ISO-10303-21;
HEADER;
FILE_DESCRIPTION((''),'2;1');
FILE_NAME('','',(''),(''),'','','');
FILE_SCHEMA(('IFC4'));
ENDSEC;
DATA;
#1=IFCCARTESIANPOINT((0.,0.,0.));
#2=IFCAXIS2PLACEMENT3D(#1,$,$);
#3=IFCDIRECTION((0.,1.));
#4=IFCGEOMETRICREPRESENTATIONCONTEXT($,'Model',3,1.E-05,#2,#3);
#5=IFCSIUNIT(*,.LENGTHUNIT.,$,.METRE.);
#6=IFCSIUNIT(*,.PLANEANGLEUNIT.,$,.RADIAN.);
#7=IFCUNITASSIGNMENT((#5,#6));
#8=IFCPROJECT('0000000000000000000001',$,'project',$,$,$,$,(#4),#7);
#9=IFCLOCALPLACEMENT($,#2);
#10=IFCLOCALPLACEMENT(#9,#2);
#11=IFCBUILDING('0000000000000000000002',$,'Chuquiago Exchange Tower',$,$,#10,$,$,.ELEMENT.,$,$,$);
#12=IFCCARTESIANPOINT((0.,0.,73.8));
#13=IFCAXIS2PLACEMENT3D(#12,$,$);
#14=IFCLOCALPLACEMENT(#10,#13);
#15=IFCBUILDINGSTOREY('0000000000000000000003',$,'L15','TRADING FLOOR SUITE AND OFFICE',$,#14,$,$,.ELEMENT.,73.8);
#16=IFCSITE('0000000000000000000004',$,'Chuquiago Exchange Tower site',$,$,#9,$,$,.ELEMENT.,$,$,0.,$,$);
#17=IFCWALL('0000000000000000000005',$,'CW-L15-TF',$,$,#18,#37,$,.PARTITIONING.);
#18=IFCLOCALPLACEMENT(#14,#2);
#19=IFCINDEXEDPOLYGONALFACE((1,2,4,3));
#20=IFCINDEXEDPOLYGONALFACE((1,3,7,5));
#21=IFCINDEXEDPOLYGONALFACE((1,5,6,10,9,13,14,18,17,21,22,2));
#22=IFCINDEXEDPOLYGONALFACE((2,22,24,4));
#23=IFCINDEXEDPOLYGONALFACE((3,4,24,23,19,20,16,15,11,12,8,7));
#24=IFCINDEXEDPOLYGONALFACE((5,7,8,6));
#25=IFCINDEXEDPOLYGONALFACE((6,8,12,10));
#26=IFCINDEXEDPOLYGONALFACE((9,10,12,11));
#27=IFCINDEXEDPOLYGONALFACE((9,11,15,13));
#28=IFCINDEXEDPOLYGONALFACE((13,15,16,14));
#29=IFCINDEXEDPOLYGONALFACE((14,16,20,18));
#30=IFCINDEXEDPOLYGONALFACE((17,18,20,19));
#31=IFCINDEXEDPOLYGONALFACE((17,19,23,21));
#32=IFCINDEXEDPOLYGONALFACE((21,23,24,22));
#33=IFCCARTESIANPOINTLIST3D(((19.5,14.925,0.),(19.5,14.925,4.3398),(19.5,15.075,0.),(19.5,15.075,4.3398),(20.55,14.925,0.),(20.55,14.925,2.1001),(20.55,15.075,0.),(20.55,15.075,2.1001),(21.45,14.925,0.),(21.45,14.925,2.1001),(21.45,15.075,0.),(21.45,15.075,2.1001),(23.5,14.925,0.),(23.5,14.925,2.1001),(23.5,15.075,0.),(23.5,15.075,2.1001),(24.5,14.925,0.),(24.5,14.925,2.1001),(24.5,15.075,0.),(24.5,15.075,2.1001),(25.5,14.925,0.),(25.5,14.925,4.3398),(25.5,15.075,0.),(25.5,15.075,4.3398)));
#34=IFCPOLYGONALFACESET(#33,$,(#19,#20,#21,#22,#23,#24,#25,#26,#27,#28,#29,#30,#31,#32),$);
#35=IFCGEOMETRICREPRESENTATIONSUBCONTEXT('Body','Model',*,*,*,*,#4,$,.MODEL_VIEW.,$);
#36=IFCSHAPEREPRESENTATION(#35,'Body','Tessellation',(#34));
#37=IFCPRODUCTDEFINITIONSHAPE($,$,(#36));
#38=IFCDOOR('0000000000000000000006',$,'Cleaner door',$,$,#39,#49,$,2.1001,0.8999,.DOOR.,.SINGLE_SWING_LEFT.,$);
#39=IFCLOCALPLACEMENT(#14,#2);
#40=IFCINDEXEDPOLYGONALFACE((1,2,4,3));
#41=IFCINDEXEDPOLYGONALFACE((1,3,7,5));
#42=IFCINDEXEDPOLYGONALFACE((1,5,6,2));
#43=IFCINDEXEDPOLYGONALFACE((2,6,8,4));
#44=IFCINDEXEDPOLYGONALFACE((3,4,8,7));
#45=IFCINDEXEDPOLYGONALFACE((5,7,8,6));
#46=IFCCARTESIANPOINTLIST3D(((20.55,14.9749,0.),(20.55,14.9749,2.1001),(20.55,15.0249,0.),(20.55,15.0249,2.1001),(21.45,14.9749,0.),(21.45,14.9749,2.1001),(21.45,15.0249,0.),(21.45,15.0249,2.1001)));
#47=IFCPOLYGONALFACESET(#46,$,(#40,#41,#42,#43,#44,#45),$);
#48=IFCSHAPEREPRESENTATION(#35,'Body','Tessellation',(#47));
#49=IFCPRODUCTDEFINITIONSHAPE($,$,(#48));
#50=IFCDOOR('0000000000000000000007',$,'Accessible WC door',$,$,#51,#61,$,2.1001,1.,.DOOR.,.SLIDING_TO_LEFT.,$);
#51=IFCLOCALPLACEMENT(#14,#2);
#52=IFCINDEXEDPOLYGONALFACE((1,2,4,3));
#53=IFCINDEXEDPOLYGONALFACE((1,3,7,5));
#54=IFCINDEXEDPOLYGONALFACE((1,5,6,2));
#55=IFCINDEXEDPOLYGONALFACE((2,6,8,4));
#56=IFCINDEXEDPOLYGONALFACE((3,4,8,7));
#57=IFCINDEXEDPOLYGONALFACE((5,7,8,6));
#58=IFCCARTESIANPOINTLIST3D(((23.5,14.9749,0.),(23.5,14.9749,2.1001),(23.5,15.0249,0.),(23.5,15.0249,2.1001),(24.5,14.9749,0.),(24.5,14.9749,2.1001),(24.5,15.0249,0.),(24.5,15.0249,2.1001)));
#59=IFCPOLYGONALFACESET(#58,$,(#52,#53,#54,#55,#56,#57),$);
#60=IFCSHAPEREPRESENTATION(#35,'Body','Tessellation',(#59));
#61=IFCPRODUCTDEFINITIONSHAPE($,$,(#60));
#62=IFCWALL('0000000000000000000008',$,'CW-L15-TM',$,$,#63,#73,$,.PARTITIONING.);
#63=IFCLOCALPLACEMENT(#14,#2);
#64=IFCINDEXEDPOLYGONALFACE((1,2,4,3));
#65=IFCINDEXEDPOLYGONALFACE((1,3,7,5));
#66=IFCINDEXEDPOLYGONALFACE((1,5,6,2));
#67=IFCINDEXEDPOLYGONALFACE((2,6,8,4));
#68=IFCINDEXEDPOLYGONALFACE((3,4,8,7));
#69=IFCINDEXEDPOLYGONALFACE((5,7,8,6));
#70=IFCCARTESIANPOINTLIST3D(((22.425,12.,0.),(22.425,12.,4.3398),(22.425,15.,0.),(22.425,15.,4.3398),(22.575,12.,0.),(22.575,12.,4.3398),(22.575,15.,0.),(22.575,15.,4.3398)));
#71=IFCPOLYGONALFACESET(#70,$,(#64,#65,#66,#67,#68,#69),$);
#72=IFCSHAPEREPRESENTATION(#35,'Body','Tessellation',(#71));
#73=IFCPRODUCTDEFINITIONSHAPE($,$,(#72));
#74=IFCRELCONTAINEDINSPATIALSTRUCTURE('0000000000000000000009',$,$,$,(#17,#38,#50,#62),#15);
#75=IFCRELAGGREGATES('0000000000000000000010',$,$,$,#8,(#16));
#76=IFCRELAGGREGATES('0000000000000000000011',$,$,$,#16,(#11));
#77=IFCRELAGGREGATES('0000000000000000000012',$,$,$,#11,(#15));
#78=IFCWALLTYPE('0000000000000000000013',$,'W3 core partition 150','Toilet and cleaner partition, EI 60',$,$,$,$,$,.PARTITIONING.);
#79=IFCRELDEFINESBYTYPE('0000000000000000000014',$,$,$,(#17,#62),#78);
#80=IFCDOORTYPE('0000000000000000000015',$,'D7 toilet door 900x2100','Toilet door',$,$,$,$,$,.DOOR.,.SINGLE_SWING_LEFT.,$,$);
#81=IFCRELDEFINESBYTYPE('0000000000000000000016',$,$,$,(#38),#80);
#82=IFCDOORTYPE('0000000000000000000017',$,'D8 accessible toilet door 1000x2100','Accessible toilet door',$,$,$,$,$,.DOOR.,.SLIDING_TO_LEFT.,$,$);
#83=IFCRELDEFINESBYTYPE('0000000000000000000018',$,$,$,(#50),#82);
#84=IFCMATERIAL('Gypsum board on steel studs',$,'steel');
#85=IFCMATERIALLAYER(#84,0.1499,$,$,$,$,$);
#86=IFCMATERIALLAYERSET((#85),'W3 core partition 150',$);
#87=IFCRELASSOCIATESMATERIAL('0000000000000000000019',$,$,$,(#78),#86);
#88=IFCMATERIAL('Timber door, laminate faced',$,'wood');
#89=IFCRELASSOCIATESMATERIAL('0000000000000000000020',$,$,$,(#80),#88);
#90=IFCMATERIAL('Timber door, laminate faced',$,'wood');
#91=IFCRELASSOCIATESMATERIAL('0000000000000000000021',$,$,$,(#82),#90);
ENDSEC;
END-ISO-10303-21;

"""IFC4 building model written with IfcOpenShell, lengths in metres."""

from ifc_helpers import new_model, si_unit, direction, frame, frame_2d, origin, place, context, subcontext, project, spatial, rectangle, extrude, material, layer, layer_set, type_object, element, fill, save


model = new_model("IFC4")

# Units and contexts
model_context = context("Model", 3, precision=1e-05, world=origin(), true_north=direction((0.0, 1.0)))
body_context = subcontext(model_context, "Body", "Model", "MODEL_VIEW")
ifc_project = project(units=[si_unit("LENGTHUNIT", "METRE"), si_unit("PLANEANGLEUNIT", "RADIAN")], contexts=[model_context])

# Site, building, storey
site_placement = place(None, origin())
site = spatial("IfcSite", under=ifc_project, at=site_placement, Name="Chuquiago Exchange Tower site", CompositionType="ELEMENT", RefElevation=0.0)
building_placement = place(site_placement, origin())
building = spatial("IfcBuilding", under=site, at=building_placement, Name="Chuquiago Exchange Tower", CompositionType="ELEMENT")
storey_placement = place(building_placement, frame((0.0, 0.0, 73.8)))
storey = spatial("IfcBuildingStorey", under=building, at=storey_placement, Name="L15", Description="TRADING FLOOR SUITE AND OFFICE", CompositionType="ELEMENT", Elevation=73.8)

# Wall, openings, doors
ifc_material_1 = material(Name="Gypsum board on steel studs", Category="steel")
ifc_layer_1 = layer(ifc_material_1, 0.1499)
ifc_layer_set_1 = layer_set([ifc_layer_1], Name="W3 core partition 150")
wall_type_1 = type_object("IfcWallType", Name="W3 core partition 150", Description="Toilet and cleaner partition, EI 60", PredefinedType="PARTITIONING", material=ifc_layer_set_1)
wall_1_placement = place(storey_placement, frame((19.5, 15.0, 0.0), z_axis=(0.0, 0.0, 1.0), x_axis=(1.0, 0.0, 0.0)))
wall_1 = element("IfcWall", 1, at=wall_1_placement, inside=storey, type_object=wall_type_1, Name="CW-L15-TF", PredefinedType="PARTITIONING", context=body_context, shape_type="SweptSolid", body=[
    extrude(rectangle(XDim=6.0, YDim=0.1499, at=frame_2d((3.0, 0.0))), origin(), (0.0, 0.0, 1.0), 4.3398),
])
opening_1_placement = place(wall_1_placement, frame((4.0, 0.0, 0.0)))
opening_1 = element("IfcOpeningElement", 2, at=opening_1_placement, cuts=wall_1, PredefinedType="OPENING", context=body_context, shape_type="SweptSolid", body=[
    extrude(rectangle(XDim=1.0, YDim=2.1001, at=frame_2d((0.5, 1.05))), frame((0.0, 0.085, 0.0), z_axis=(0.0, -1.0, 0.0), x_axis=(1.0, 0.0, 0.0)), (0.0, 0.0, 1.0), 0.1699),
])
opening_2_placement = place(wall_1_placement, frame((1.05, 0.0, 0.0)))
opening_2 = element("IfcOpeningElement", 3, at=opening_2_placement, cuts=wall_1, PredefinedType="OPENING", context=body_context, shape_type="SweptSolid", body=[
    extrude(rectangle(XDim=0.8999, YDim=2.1001, at=frame_2d((0.45, 1.05))), frame((0.0, 0.085, 0.0), z_axis=(0.0, -1.0, 0.0), x_axis=(1.0, 0.0, 0.0)), (0.0, 0.0, 1.0), 0.1699),
])
ifc_material_2 = material(Name="Timber door, laminate faced", Category="wood")
door_type_1 = type_object("IfcDoorType", Name="D7 toilet door 900x2100", Description="Toilet door", OperationType="SINGLE_SWING_LEFT", PredefinedType="DOOR", material=ifc_material_2)
door_1_placement = place(opening_2_placement, origin())
door_1 = element("IfcDoor", 4, at=door_1_placement, inside=storey, type_object=door_type_1, Name="Cleaner door", OperationType="SINGLE_SWING_LEFT", OverallHeight=2.1001, OverallWidth=0.8999, PredefinedType="DOOR", context=body_context, shape_type="SweptSolid", body=[
    extrude(rectangle(XDim=0.8999, YDim=2.1001, at=frame_2d((0.45, 1.05))), frame((0.0, 0.0249, 0.0), z_axis=(0.0, -1.0, 0.0), x_axis=(1.0, 0.0, 0.0)), (0.0, 0.0, 1.0), 0.05),
])
fill(opening_2, door_1)
ifc_material_3 = material(Name="Timber door, laminate faced", Category="wood")
door_type_2 = type_object("IfcDoorType", Name="D8 accessible toilet door 1000x2100", Description="Accessible toilet door", OperationType="SLIDING_TO_LEFT", PredefinedType="DOOR", material=ifc_material_3)
door_2_placement = place(opening_1_placement, origin())
door_2 = element("IfcDoor", 5, at=door_2_placement, inside=storey, type_object=door_type_2, Name="Accessible WC door", OperationType="SLIDING_TO_LEFT", OverallHeight=2.1001, OverallWidth=1.0, PredefinedType="DOOR", context=body_context, shape_type="SweptSolid", body=[
    extrude(rectangle(XDim=1.0, YDim=2.1001, at=frame_2d((0.5, 1.05))), frame((0.0, 0.0249, 0.0), z_axis=(0.0, -1.0, 0.0), x_axis=(1.0, 0.0, 0.0)), (0.0, 0.0, 1.0), 0.05),
])
fill(opening_1, door_2)

# Wall
wall_2_placement = place(storey_placement, frame((22.5, 15.0, 0.0), z_axis=(0.0, 0.0, 1.0), x_axis=(0.0, -1.0, 0.0)))
element("IfcWall", 6, at=wall_2_placement, inside=storey, type_object=wall_type_1, Name="CW-L15-TM", PredefinedType="PARTITIONING", context=body_context, shape_type="SweptSolid", body=[
    extrude(rectangle(XDim=3.0, YDim=0.1499, at=frame_2d((1.5, 0.0))), origin(), (0.0, 0.0, 1.0), 4.3398),
])

save(model, "model.ifc")
